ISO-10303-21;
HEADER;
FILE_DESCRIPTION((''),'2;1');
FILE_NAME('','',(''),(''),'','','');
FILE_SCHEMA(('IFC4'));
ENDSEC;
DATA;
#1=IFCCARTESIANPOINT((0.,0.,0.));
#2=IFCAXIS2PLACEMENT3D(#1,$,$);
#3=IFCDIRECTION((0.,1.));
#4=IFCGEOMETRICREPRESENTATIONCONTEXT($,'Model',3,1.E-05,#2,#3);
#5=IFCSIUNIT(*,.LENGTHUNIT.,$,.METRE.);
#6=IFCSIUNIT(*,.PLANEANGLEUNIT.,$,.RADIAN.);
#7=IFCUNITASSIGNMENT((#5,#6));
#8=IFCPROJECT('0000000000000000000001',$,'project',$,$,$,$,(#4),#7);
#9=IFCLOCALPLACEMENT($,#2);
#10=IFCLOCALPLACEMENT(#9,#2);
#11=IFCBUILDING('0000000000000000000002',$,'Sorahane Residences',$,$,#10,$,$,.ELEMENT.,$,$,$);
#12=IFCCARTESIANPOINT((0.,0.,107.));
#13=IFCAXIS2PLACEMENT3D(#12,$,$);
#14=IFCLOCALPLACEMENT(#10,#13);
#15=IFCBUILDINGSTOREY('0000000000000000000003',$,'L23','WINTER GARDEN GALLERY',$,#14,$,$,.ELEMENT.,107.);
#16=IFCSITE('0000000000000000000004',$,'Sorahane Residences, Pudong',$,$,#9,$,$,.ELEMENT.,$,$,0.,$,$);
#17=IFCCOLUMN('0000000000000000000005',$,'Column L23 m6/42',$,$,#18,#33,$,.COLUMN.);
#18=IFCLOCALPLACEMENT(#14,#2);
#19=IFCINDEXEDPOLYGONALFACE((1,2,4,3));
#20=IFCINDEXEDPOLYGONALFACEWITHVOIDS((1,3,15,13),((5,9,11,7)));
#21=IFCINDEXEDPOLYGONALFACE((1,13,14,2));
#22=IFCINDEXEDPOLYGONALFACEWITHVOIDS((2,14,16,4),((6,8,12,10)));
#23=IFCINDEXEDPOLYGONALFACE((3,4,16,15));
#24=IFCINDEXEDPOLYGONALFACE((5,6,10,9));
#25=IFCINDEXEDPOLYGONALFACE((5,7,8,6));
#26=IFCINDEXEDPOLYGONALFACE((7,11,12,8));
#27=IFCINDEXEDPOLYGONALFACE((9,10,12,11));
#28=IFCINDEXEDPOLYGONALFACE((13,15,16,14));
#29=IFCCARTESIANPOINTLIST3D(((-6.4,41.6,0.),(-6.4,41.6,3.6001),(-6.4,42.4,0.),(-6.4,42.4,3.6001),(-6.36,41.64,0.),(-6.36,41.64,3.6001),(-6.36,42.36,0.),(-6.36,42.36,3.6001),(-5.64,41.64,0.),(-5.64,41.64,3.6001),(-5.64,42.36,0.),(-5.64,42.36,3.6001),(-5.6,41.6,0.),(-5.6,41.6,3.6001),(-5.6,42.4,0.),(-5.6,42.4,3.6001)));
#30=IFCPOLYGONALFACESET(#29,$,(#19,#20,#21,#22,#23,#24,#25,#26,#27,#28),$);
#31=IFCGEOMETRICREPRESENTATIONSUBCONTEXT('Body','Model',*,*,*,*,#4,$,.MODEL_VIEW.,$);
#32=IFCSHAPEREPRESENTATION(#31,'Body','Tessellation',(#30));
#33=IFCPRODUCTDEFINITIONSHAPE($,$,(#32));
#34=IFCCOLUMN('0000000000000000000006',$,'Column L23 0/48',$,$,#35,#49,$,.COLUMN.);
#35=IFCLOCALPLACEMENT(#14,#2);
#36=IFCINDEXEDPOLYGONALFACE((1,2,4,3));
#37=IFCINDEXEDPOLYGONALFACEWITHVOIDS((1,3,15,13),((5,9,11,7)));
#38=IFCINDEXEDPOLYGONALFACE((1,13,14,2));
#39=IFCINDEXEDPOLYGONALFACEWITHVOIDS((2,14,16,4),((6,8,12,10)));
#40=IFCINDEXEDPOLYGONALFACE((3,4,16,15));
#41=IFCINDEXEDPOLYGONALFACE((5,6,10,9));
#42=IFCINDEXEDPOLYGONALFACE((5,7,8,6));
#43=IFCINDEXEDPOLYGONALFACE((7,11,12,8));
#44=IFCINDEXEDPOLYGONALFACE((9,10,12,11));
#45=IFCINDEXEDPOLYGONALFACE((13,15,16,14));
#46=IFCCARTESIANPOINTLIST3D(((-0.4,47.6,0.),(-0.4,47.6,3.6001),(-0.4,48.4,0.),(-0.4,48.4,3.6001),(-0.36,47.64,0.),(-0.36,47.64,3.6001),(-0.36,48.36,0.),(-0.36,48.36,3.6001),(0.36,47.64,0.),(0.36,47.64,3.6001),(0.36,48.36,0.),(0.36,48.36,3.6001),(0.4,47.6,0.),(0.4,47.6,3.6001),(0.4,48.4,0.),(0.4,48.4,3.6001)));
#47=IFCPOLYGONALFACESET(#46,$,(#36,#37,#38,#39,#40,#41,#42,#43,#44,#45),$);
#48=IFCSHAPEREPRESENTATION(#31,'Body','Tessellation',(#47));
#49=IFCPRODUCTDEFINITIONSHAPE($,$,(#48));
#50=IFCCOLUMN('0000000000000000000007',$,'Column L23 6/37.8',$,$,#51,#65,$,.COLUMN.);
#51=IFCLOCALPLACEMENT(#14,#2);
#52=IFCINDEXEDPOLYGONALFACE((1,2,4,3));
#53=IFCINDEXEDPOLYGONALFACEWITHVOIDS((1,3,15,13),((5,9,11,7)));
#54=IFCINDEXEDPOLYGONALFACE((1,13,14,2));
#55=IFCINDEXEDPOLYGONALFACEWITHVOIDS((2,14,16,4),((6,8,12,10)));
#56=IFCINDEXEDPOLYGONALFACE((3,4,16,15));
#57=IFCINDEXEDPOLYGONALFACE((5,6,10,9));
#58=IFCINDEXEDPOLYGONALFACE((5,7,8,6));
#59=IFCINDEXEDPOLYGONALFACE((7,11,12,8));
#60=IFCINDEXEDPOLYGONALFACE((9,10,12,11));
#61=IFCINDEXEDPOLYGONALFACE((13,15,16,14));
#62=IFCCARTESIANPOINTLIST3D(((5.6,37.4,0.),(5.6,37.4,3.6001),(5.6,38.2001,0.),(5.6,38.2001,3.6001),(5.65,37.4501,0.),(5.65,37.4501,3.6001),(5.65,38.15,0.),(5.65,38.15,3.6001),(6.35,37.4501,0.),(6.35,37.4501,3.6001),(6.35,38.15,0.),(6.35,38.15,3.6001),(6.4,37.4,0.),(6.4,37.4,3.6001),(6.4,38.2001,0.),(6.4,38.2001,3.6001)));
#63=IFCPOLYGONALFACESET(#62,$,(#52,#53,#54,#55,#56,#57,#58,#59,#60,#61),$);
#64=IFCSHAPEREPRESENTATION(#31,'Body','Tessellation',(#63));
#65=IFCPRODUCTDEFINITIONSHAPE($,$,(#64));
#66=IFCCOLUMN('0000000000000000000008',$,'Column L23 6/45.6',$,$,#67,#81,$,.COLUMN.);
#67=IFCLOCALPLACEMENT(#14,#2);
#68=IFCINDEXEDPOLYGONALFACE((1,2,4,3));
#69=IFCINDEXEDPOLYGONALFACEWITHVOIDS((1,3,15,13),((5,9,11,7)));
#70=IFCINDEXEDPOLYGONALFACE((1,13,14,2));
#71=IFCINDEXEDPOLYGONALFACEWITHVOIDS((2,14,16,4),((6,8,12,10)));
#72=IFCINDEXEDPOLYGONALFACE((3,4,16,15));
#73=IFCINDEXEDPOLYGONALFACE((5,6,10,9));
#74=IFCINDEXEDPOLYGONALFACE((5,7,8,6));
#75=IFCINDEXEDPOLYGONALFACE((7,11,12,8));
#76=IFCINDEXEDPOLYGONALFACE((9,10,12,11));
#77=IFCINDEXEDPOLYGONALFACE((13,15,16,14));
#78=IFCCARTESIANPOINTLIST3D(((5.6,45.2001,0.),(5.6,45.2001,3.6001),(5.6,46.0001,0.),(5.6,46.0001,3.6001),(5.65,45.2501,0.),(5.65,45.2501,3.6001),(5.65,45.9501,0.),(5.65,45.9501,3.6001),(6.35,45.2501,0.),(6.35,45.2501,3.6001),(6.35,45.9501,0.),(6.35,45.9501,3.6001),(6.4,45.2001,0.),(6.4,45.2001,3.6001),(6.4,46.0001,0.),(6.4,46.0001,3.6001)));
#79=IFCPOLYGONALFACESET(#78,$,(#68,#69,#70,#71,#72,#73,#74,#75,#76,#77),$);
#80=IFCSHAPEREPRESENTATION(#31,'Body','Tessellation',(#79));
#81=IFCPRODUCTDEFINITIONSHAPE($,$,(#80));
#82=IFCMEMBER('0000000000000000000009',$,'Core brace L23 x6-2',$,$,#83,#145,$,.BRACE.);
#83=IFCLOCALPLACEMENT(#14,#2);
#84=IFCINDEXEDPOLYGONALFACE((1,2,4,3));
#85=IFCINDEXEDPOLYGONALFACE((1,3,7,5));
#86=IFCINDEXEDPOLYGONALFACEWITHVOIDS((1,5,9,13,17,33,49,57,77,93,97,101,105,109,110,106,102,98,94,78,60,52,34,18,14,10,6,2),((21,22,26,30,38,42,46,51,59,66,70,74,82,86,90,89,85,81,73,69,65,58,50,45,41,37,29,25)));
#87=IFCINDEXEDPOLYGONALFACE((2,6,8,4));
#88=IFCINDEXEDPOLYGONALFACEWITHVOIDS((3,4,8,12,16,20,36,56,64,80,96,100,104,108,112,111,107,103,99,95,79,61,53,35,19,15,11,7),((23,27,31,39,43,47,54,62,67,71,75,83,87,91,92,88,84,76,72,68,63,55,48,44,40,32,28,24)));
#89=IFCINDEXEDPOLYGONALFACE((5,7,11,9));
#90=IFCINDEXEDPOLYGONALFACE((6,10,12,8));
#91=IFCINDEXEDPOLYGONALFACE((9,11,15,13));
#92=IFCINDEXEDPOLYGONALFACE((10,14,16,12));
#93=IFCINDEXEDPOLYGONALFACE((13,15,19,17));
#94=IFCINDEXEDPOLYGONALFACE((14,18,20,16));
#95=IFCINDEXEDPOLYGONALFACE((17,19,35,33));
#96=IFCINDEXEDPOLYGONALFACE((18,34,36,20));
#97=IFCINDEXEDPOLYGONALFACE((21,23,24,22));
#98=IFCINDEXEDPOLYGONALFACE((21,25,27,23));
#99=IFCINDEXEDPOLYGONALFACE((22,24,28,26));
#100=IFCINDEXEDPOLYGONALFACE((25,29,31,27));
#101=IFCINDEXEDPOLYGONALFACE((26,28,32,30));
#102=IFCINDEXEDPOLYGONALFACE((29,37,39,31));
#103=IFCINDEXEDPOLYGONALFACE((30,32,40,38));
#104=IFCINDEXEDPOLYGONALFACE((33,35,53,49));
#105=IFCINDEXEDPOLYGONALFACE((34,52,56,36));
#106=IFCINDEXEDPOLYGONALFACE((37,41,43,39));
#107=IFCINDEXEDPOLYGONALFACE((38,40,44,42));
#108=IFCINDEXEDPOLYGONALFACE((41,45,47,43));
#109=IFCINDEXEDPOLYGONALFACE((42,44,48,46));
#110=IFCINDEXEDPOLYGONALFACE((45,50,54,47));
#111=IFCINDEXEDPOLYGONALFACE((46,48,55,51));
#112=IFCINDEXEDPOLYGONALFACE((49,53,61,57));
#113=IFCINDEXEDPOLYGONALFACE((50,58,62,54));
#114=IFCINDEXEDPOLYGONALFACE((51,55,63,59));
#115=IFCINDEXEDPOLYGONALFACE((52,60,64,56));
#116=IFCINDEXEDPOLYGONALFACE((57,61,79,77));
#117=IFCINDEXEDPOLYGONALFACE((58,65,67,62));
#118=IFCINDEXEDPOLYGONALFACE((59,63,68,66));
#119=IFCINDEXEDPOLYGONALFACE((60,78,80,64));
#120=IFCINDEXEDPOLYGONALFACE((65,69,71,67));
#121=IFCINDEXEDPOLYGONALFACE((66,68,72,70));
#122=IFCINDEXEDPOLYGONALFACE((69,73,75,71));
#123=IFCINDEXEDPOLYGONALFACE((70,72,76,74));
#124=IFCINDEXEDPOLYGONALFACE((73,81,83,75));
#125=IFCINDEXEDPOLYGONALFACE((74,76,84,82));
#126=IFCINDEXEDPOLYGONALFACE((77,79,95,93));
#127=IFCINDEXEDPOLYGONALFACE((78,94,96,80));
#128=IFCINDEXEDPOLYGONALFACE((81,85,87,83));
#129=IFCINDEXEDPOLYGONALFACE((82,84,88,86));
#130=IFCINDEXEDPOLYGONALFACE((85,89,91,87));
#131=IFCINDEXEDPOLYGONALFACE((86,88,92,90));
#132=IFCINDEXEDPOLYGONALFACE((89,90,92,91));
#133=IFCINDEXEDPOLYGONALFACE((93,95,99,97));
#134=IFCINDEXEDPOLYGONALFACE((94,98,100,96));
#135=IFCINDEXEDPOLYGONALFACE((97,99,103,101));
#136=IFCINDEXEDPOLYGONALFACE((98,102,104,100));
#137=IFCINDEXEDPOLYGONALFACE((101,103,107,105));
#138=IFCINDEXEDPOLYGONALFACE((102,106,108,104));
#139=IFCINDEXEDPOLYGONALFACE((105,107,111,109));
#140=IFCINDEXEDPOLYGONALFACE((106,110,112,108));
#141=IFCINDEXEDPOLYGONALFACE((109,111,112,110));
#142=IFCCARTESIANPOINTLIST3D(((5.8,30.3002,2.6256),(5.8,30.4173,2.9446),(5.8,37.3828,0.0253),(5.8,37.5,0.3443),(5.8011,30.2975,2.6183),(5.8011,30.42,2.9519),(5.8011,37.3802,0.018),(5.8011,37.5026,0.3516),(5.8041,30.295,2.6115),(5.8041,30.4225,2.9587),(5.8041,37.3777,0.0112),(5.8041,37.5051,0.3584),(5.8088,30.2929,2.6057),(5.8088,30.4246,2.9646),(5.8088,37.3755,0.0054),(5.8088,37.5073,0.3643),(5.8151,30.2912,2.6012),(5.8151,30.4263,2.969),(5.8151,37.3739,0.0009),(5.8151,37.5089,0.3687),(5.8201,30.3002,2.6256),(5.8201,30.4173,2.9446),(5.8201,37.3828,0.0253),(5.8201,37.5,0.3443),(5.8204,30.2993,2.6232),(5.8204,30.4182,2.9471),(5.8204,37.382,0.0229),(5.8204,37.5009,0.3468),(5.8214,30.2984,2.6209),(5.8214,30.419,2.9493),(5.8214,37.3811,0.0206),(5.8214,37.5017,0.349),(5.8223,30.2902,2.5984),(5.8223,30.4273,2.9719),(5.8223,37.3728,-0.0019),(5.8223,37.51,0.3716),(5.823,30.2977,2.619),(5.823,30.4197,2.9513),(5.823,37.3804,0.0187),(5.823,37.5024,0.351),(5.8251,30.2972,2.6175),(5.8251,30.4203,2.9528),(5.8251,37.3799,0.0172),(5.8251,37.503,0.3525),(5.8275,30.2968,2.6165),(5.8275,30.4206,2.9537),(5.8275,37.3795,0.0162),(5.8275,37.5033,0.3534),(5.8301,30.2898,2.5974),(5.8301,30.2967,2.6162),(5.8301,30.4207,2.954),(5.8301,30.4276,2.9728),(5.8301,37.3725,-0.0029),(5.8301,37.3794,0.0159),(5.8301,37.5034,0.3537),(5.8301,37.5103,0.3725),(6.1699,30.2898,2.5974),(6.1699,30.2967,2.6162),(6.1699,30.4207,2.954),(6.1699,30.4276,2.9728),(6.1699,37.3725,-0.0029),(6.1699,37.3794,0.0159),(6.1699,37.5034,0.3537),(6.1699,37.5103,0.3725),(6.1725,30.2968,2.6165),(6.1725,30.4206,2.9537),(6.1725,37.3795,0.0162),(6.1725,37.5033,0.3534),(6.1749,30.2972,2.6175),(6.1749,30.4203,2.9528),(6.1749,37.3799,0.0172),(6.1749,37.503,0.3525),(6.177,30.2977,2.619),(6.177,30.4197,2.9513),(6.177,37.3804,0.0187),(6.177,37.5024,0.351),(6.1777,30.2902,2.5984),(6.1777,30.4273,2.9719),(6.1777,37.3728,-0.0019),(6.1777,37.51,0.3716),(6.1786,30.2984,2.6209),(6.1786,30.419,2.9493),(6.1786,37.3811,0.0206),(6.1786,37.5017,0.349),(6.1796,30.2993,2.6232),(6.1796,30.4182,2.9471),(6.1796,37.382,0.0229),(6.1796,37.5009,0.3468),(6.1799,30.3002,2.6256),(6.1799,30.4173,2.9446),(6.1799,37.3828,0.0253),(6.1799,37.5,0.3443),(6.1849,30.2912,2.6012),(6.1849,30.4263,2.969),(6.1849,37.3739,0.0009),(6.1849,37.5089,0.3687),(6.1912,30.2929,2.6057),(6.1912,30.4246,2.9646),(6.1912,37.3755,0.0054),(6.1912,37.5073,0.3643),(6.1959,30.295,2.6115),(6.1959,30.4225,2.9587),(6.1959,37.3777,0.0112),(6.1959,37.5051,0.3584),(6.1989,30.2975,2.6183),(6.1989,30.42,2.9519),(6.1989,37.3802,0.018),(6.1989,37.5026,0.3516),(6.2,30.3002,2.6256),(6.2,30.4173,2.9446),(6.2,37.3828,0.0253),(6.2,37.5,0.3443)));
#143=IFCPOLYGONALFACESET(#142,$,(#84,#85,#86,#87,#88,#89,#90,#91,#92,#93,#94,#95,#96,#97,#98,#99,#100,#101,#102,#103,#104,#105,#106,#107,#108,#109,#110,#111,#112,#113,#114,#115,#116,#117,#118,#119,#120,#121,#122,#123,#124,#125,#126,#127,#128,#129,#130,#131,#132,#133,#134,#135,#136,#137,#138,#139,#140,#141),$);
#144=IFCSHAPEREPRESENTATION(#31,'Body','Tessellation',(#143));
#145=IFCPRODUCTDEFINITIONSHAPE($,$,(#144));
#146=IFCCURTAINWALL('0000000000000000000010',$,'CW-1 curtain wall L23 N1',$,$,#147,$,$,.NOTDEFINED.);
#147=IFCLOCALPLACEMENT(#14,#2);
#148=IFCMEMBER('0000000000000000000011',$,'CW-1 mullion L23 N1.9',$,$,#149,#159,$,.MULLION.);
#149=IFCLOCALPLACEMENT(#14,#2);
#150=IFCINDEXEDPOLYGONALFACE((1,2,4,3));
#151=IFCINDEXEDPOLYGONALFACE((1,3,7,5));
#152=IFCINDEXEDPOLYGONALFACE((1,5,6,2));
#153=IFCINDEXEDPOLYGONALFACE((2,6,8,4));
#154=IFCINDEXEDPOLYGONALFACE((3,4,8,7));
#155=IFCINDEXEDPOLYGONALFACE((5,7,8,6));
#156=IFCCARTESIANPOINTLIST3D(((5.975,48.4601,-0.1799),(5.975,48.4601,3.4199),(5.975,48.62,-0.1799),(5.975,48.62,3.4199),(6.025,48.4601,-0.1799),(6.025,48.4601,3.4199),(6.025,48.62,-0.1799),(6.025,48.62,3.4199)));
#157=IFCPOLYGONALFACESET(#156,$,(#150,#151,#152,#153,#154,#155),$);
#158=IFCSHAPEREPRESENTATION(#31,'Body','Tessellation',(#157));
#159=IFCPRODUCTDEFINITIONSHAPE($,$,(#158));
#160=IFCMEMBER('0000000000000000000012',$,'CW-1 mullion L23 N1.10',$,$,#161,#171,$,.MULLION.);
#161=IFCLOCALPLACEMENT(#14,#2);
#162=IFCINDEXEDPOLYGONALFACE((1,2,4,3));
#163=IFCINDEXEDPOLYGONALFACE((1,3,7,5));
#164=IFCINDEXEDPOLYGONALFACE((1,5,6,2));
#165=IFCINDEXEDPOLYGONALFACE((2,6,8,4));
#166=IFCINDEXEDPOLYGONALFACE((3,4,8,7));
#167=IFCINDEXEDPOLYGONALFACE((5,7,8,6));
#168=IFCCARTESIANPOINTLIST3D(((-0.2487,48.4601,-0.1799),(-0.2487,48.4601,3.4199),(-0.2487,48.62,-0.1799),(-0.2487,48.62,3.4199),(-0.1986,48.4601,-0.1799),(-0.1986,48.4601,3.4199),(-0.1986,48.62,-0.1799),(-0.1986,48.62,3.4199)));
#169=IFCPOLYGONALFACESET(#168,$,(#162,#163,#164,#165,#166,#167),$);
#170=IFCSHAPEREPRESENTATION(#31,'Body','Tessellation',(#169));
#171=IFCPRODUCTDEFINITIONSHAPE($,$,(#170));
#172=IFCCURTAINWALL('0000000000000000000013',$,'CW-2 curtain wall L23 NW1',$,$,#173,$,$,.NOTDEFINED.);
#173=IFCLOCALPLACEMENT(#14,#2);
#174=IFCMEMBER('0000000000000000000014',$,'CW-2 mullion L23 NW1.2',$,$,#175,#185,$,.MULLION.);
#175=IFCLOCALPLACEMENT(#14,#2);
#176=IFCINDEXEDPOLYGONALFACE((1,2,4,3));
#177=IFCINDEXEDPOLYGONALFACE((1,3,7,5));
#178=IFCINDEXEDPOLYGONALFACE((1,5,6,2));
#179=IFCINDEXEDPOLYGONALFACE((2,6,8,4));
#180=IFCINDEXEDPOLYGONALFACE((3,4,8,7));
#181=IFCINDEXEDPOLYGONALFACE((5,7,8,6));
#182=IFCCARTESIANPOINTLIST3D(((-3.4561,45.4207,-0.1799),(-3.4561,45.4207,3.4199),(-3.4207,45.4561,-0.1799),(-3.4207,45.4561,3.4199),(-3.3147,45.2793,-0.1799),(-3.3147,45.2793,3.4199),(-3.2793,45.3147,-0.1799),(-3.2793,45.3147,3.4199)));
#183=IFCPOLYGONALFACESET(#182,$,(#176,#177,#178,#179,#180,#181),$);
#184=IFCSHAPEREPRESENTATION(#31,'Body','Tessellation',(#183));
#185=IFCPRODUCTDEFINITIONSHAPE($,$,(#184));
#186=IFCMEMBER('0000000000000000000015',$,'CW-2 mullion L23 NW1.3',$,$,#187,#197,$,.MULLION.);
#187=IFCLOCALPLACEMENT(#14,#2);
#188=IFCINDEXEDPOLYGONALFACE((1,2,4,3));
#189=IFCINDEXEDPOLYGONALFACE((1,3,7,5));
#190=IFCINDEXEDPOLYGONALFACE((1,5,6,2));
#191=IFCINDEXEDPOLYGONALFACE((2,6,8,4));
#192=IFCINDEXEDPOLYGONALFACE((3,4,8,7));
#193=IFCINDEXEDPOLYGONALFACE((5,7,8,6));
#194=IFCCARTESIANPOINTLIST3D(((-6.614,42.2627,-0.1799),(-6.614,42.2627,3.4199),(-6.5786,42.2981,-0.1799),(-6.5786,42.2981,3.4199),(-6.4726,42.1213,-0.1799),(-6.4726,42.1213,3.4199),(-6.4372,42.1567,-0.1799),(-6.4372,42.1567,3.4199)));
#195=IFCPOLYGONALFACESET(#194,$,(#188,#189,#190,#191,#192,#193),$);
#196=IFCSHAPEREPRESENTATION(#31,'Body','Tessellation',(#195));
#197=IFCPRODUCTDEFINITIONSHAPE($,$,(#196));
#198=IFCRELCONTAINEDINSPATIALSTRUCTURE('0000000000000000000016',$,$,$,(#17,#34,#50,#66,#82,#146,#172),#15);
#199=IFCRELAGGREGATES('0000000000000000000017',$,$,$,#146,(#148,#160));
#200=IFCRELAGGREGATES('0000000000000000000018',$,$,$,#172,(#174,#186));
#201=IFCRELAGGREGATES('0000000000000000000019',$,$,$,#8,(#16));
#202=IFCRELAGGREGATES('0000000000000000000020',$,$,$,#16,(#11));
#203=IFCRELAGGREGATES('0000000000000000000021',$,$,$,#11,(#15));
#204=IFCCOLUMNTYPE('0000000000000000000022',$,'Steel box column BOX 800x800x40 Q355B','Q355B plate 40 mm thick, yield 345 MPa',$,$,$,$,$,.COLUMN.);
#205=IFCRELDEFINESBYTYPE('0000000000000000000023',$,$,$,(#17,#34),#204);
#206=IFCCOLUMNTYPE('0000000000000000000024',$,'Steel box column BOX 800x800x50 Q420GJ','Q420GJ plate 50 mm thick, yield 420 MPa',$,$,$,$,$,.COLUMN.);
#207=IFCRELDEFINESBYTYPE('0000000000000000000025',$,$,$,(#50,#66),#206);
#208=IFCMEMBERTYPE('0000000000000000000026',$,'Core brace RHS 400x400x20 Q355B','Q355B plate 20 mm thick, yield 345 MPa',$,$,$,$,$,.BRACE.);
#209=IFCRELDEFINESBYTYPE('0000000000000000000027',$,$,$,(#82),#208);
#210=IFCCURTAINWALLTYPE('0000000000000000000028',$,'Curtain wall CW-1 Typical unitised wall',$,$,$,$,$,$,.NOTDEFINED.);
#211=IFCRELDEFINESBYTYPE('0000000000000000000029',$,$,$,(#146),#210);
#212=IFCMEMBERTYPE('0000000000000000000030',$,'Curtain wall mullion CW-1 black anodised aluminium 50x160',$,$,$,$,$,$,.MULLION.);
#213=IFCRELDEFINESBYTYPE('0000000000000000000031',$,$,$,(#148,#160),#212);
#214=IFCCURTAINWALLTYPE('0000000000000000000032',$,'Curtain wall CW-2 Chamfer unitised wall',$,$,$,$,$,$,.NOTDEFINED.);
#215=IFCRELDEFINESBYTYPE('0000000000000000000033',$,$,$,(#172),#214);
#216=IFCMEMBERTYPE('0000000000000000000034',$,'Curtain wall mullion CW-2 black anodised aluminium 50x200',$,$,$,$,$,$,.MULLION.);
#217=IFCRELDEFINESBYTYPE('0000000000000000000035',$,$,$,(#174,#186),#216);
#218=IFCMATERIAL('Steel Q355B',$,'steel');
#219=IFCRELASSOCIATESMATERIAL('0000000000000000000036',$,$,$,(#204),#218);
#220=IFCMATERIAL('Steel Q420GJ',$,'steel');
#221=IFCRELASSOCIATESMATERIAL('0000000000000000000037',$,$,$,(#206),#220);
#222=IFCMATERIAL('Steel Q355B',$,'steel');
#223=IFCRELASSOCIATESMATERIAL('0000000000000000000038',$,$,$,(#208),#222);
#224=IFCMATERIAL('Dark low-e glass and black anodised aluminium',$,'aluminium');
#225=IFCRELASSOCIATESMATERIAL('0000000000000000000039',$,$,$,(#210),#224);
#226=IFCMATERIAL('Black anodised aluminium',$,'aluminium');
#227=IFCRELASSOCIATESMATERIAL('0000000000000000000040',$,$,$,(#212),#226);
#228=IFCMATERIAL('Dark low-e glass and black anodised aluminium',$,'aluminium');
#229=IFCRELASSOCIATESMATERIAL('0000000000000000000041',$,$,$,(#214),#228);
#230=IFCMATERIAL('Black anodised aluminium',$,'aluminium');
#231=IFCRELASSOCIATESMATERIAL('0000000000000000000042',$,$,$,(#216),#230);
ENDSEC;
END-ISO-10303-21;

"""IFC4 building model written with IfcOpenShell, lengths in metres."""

from ifc_helpers import new_model, si_unit, direction, frame, origin, origin_2d, place, context, subcontext, project, spatial, rectangle, hollow_rectangle, extrude, material, material_profile, profile_set, type_object, element, aggregate, save


model = new_model("IFC4")

# Units and contexts
model_context = context("Model", 3, precision=1e-05, world=origin(), true_north=direction((0.0, 1.0)))
body_context = subcontext(model_context, "Body", "Model", "MODEL_VIEW")
ifc_project = project(units=[si_unit("LENGTHUNIT", "METRE"), si_unit("PLANEANGLEUNIT", "RADIAN")], contexts=[model_context])

# Site, building, storey
site_placement = place(None, origin())
site = spatial("IfcSite", under=ifc_project, at=site_placement, Name="Sorahane Residences, Pudong", CompositionType="ELEMENT", RefElevation=0.0)
building_placement = place(site_placement, origin())
building = spatial("IfcBuilding", under=site, at=building_placement, Name="Sorahane Residences", CompositionType="ELEMENT")
storey_placement = place(building_placement, frame((0.0, 0.0, 107.0)))
storey = spatial("IfcBuildingStorey", under=building, at=storey_placement, Name="L23", Description="WINTER GARDEN GALLERY", CompositionType="ELEMENT", Elevation=107.0)

# Columns
ifc_material_1 = material(Name="Steel Q355B", Category="steel")
ifc_material_profile_1 = material_profile(ifc_material_1, hollow_rectangle(XDim=0.8, YDim=0.8, WallThickness=0.04, at=origin_2d()), Name="BOX 800x800x40")
ifc_profile_set_1 = profile_set([ifc_material_profile_1], Name="Steel Q355B")
column_type_1 = type_object("IfcColumnType", Name="Steel box column BOX 800x800x40 Q355B", Description="Q355B plate 40 mm thick, yield 345 MPa", PredefinedType="COLUMN", material=ifc_profile_set_1)
for number, where, z_axis, x_axis, name in (
    (1, (-6.0, 42.0, 0.0), (0.0, 0.0, 1.0), (1.0, 0.0, 0.0), "Column L23 m6/42"),
    (2, (0.0, 48.0, 0.0), (0.0, 0.0, 1.0), (1.0, 0.0, 0.0), "Column L23 0/48"),
):
    element("IfcColumn", number, at=place(storey_placement, frame(where, z_axis=z_axis, x_axis=x_axis)), inside=storey, type_object=column_type_1, Name=name, PredefinedType="COLUMN", context=body_context, shape_type="SweptSolid", body=[
        extrude(hollow_rectangle(XDim=0.8, YDim=0.8, WallThickness=0.04, at=origin_2d()), origin(), (0.0, 0.0, 1.0), 3.6001),
    ])
ifc_material_2 = material(Name="Steel Q420GJ", Category="steel")
ifc_material_profile_2 = material_profile(ifc_material_2, hollow_rectangle(XDim=0.8, YDim=0.8, WallThickness=0.05, at=origin_2d()), Name="BOX 800x800x50")
ifc_profile_set_2 = profile_set([ifc_material_profile_2], Name="Steel Q420GJ")
column_type_2 = type_object("IfcColumnType", Name="Steel box column BOX 800x800x50 Q420GJ", Description="Q420GJ plate 50 mm thick, yield 420 MPa", PredefinedType="COLUMN", material=ifc_profile_set_2)
for number, where, z_axis, x_axis, name in (
    (3, (6.0, 37.8, 0.0), (0.0, 0.0, 1.0), (1.0, 0.0, 0.0), "Column L23 6/37.8"),
    (4, (6.0, 45.6001, 0.0), (0.0, 0.0, 1.0), (1.0, 0.0, 0.0), "Column L23 6/45.6"),
):
    element("IfcColumn", number, at=place(storey_placement, frame(where, z_axis=z_axis, x_axis=x_axis)), inside=storey, type_object=column_type_2, Name=name, PredefinedType="COLUMN", context=body_context, shape_type="SweptSolid", body=[
        extrude(hollow_rectangle(XDim=0.8, YDim=0.8, WallThickness=0.05, at=origin_2d()), origin(), (0.0, 0.0, 1.0), 3.6001),
    ])

# Member
ifc_material_3 = material(Name="Steel Q355B", Category="steel")
ifc_material_profile_3 = material_profile(ifc_material_3, hollow_rectangle(XDim=0.3999, YDim=0.3999, WallThickness=0.02, InnerFilletRadius=0.01, OuterFilletRadius=0.03, at=origin_2d()), Name="RHS 400x400x20")
ifc_profile_set_3 = profile_set([ifc_material_profile_3], Name="Steel Q355B")
member_type_1 = type_object("IfcMemberType", Name="Core brace RHS 400x400x20 Q355B", Description="Q355B plate 20 mm thick, yield 345 MPa", PredefinedType="BRACE", material=ifc_profile_set_3)
member_1_placement = place(storey_placement, frame((6.0, 37.4414, 0.1848), z_axis=(0.0, -0.938734, 0.344643), x_axis=(1.0, 0.0, 0.0)))
element("IfcMember", 5, at=member_1_placement, inside=storey, type_object=member_type_1, Name="Core brace L23 x6-2", PredefinedType="BRACE", context=body_context, shape_type="SweptSolid", body=[
    extrude(hollow_rectangle(XDim=0.3999, YDim=0.3999, WallThickness=0.02, InnerFilletRadius=0.01, OuterFilletRadius=0.03, at=origin_2d()), origin(), (0.0, 0.0, 1.0), 7.5449),
])

# Curtain walls, members
ifc_material_4 = material(Name="Dark low-e glass and black anodised aluminium", Category="aluminium")
curtain_wall_type_1 = type_object("IfcCurtainWallType", Name="Curtain wall CW-1 Typical unitised wall", PredefinedType="NOTDEFINED", material=ifc_material_4)
curtain_wall_1_placement = place(storey_placement, origin())
curtain_wall_1 = element("IfcCurtainWall", 6, at=curtain_wall_1_placement, inside=storey, type_object=curtain_wall_type_1, Name="CW-1 curtain wall L23 N1", PredefinedType="NOTDEFINED")
ifc_material_5 = material(Name="Black anodised aluminium", Category="aluminium")
ifc_material_profile_4 = material_profile(ifc_material_5, rectangle(XDim=0.1599, YDim=0.05, at=origin_2d()), Name="Curtain wall mullion CW-1 black anodised aluminium 50x160")
ifc_profile_set_4 = profile_set([ifc_material_profile_4], Name="Black anodised aluminium")
member_type_2 = type_object("IfcMemberType", Name="Curtain wall mullion CW-1 black anodised aluminium 50x160", PredefinedType="MULLION", material=ifc_profile_set_4)
member_2_placement = place(storey_placement, frame((6.0, 48.54, -0.1799), z_axis=(0.0, 0.0, 1.0), x_axis=(0.0, 1.0, 0.0)))
member_2 = element("IfcMember", 7, at=member_2_placement, type_object=member_type_2, Name="CW-1 mullion L23 N1.9", PredefinedType="MULLION", context=body_context, shape_type="SweptSolid", body=[
    extrude(rectangle(XDim=0.1599, YDim=0.05, at=origin_2d()), origin(), (0.0, 0.0, 1.0), 3.5999),
])
member_3_placement = place(storey_placement, frame((-0.2236, 48.54, -0.1799), z_axis=(0.0, 0.0, 1.0), x_axis=(0.0, 1.0, 0.0)))
member_3 = element("IfcMember", 8, at=member_3_placement, type_object=member_type_2, Name="CW-1 mullion L23 N1.10", PredefinedType="MULLION", context=body_context, shape_type="SweptSolid", body=[
    extrude(rectangle(XDim=0.1599, YDim=0.05, at=origin_2d()), origin(), (0.0, 0.0, 1.0), 3.5999),
])
ifc_material_6 = material(Name="Dark low-e glass and black anodised aluminium", Category="aluminium")
curtain_wall_type_2 = type_object("IfcCurtainWallType", Name="Curtain wall CW-2 Chamfer unitised wall", PredefinedType="NOTDEFINED", material=ifc_material_6)
curtain_wall_2_placement = place(storey_placement, origin())
curtain_wall_2 = element("IfcCurtainWall", 9, at=curtain_wall_2_placement, inside=storey, type_object=curtain_wall_type_2, Name="CW-2 curtain wall L23 NW1", PredefinedType="NOTDEFINED")
ifc_material_7 = material(Name="Black anodised aluminium", Category="aluminium")
ifc_material_profile_5 = material_profile(ifc_material_7, rectangle(XDim=0.2, YDim=0.05, at=origin_2d()), Name="Curtain wall mullion CW-2 black anodised aluminium 50x200")
ifc_profile_set_5 = profile_set([ifc_material_profile_5], Name="Black anodised aluminium")
member_type_3 = type_object("IfcMemberType", Name="Curtain wall mullion CW-2 black anodised aluminium 50x200", PredefinedType="MULLION", material=ifc_profile_set_5)
member_4_placement = place(storey_placement, frame((-3.3677, 45.3677, -0.1799), z_axis=(0.0, 0.0, 1.0), x_axis=(-0.707107, 0.707107, 0.0)))
member_4 = element("IfcMember", 10, at=member_4_placement, type_object=member_type_3, Name="CW-2 mullion L23 NW1.2", PredefinedType="MULLION", context=body_context, shape_type="SweptSolid", body=[
    extrude(rectangle(XDim=0.2, YDim=0.05, at=origin_2d()), origin(), (0.0, 0.0, 1.0), 3.5999),
])
member_5_placement = place(storey_placement, frame((-6.5256, 42.2097, -0.1799), z_axis=(0.0, 0.0, 1.0), x_axis=(-0.707107, 0.707107, 0.0)))
member_5 = element("IfcMember", 11, at=member_5_placement, type_object=member_type_3, Name="CW-2 mullion L23 NW1.3", PredefinedType="MULLION", context=body_context, shape_type="SweptSolid", body=[
    extrude(rectangle(XDim=0.2, YDim=0.05, at=origin_2d()), origin(), (0.0, 0.0, 1.0), 3.5999),
])

aggregate(curtain_wall_1, [member_2, member_3])
aggregate(curtain_wall_2, [member_4, member_5])

save(model, "model.ifc")
